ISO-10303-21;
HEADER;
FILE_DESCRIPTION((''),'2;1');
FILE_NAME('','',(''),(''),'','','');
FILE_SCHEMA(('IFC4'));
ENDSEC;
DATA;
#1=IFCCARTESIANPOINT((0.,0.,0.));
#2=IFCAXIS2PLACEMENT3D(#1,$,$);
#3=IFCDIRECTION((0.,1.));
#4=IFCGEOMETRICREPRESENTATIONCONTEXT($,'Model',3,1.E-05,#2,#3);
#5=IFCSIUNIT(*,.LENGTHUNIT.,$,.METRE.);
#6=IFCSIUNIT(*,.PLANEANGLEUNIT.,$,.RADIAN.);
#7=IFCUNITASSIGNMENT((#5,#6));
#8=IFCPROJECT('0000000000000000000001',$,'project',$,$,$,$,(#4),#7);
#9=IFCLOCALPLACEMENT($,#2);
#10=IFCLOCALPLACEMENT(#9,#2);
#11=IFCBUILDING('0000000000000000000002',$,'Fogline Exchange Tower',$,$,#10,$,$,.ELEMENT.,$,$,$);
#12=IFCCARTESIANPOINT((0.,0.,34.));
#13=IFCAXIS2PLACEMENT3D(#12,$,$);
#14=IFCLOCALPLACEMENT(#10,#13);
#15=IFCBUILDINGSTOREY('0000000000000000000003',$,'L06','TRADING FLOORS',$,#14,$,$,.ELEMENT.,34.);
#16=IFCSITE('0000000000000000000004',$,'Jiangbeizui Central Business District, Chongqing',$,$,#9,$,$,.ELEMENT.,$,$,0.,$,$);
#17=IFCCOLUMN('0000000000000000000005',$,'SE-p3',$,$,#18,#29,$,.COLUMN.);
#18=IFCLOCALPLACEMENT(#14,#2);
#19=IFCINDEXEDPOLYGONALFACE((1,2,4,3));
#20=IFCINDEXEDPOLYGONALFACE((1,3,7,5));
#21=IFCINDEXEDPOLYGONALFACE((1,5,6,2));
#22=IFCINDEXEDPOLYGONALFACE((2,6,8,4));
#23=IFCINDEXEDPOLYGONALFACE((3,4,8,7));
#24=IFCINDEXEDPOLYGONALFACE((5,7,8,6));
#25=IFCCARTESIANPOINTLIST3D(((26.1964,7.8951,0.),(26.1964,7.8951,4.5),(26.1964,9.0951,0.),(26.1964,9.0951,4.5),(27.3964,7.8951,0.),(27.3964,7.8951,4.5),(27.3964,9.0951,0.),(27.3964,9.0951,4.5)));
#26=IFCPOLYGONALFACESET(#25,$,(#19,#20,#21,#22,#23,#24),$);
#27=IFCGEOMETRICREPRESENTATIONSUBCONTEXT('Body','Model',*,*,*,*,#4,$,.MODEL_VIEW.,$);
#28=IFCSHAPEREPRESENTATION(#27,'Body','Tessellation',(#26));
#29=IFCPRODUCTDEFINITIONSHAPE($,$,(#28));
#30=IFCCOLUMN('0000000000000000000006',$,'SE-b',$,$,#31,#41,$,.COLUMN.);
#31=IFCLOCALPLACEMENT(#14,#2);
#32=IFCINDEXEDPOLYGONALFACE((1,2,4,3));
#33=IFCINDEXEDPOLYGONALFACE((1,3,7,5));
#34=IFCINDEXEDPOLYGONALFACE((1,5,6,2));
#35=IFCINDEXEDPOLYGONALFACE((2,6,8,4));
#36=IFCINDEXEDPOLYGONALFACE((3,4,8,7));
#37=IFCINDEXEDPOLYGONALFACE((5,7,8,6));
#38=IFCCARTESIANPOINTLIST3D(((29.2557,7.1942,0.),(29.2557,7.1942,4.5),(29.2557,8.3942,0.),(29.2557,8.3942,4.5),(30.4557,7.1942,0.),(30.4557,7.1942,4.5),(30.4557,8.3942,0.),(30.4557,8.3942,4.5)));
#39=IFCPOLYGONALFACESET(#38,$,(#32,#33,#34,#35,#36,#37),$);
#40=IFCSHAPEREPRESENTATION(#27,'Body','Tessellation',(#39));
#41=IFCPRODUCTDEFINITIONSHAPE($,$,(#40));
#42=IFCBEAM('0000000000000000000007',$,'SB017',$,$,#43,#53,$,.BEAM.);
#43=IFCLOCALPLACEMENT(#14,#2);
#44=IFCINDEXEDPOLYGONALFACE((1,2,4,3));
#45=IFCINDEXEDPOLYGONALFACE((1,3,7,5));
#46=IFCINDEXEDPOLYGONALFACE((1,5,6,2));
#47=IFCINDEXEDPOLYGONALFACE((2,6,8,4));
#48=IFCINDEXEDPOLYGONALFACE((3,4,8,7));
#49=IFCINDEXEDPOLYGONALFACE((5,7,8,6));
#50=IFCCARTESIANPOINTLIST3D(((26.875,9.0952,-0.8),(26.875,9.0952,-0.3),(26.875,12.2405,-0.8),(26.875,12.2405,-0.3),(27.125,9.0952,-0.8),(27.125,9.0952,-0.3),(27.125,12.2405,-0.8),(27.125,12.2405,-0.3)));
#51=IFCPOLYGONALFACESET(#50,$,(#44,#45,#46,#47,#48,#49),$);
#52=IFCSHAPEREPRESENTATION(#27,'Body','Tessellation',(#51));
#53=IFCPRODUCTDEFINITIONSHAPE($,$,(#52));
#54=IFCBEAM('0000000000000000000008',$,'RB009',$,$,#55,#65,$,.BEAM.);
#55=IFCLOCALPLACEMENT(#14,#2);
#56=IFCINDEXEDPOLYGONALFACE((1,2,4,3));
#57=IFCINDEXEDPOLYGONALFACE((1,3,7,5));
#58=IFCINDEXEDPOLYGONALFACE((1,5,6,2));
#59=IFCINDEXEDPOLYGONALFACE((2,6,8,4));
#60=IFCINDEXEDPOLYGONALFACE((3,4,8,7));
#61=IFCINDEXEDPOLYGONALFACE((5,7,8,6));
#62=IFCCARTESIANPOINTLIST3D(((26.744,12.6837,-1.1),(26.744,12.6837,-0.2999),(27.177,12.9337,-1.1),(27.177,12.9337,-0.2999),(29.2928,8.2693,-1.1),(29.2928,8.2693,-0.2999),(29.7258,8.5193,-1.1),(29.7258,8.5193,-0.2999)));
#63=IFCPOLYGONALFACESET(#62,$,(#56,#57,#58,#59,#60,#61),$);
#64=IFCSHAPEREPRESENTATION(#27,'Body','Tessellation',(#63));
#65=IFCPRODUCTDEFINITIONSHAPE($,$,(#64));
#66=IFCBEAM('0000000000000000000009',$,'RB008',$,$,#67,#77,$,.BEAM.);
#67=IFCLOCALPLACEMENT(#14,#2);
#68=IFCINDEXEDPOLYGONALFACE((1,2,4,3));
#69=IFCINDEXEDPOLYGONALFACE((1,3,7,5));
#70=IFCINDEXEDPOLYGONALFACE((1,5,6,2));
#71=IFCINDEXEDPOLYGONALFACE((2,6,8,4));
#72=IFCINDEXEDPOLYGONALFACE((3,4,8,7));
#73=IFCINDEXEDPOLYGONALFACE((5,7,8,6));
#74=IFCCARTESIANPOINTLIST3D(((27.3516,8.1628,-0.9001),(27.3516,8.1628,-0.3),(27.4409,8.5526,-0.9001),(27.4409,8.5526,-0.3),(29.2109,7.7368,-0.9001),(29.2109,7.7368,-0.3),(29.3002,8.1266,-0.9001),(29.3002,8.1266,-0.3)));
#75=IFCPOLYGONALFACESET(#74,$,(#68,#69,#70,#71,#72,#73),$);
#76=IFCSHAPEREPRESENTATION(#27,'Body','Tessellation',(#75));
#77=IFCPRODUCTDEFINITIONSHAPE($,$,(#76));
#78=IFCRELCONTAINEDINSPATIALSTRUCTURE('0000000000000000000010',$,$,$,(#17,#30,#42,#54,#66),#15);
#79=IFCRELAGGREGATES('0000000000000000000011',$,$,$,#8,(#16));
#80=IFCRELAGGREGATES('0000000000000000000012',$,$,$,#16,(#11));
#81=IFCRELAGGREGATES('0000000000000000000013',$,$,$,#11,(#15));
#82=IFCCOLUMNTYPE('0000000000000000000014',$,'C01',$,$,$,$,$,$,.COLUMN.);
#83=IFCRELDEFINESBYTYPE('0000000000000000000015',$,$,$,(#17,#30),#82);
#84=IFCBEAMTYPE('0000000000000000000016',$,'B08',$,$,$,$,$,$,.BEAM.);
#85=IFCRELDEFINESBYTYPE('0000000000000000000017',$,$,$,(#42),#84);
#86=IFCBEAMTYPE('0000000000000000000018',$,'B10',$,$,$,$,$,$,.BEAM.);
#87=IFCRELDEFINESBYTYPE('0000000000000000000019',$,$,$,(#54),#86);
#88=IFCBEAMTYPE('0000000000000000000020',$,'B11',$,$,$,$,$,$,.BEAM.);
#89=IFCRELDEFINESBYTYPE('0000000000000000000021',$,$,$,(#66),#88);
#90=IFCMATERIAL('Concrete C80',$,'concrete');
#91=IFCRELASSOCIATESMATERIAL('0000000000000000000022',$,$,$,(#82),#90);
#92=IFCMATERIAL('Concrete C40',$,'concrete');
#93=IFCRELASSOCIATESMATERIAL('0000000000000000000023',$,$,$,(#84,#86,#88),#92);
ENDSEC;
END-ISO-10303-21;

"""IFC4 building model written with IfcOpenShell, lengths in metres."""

from ifc_helpers import new_model, si_unit, direction, frame, origin, origin_2d, place, context, subcontext, project, spatial, rectangle, extrude, material, material_profile, profile_set, type_object, element, save


model = new_model("IFC4")

# Units and contexts
model_context = context("Model", 3, precision=1e-05, world=origin(), true_north=direction((0.0, 1.0)))
body_context = subcontext(model_context, "Body", "Model", "MODEL_VIEW")
ifc_project = project(units=[si_unit("LENGTHUNIT", "METRE"), si_unit("PLANEANGLEUNIT", "RADIAN")], contexts=[model_context])

# Site, building, storey
site_placement = place(None, origin())
site = spatial("IfcSite", under=ifc_project, at=site_placement, Name="Jiangbeizui Central Business District, Chongqing", CompositionType="ELEMENT", RefElevation=0.0)
building_placement = place(site_placement, origin())
building = spatial("IfcBuilding", under=site, at=building_placement, Name="Fogline Exchange Tower", CompositionType="ELEMENT")
storey_placement = place(building_placement, frame((0.0, 0.0, 34.0)))
storey = spatial("IfcBuildingStorey", under=building, at=storey_placement, Name="L06", Description="TRADING FLOORS", CompositionType="ELEMENT", Elevation=34.0)

# Columns
ifc_material_1 = material(Name="Concrete C80", Category="concrete")
ifc_material_profile_1 = material_profile(ifc_material_1, rectangle(XDim=1.2, YDim=1.2, at=origin_2d()), Name="RC 1200x1200")
ifc_profile_set_1 = profile_set([ifc_material_profile_1], Name="Concrete C80")
column_type = type_object("IfcColumnType", Name="C01", PredefinedType="COLUMN", material=ifc_profile_set_1)
for number, where, z_axis, x_axis, name in (
    (1, (26.7964, 8.4951, 0.0), (0.0, 0.0, 1.0), (1.0, 0.0, 0.0), "SE-p3"),
    (2, (29.8557, 7.7942, 0.0), (0.0, 0.0, 1.0), (1.0, 0.0, 0.0), "SE-b"),
):
    element("IfcColumn", number, at=place(storey_placement, frame(where, z_axis=z_axis, x_axis=x_axis)), inside=storey, type_object=column_type, Name=name, PredefinedType="COLUMN", context=body_context, shape_type="SweptSolid", body=[
        extrude(rectangle(XDim=1.2, YDim=1.2, at=origin_2d()), origin(), (0.0, 0.0, 1.0), 4.5),
    ])

# Beams
ifc_material_2 = material(Name="Concrete C40", Category="concrete")
ifc_material_profile_2 = material_profile(ifc_material_2, rectangle(XDim=0.25, YDim=0.5, at=origin_2d()), Name="RC 250x500")
ifc_profile_set_2 = profile_set([ifc_material_profile_2], Name="Concrete C40")
beam_type_1 = type_object("IfcBeamType", Name="B08", PredefinedType="BEAM", material=ifc_profile_set_2)
beam_1_placement = place(storey_placement, frame((27.0, 9.0952, -0.55), z_axis=(0.0, 1.0, 0.0), x_axis=(-1.0, 0.0, 0.0)))
element("IfcBeam", 3, at=beam_1_placement, inside=storey, type_object=beam_type_1, Name="SB017", PredefinedType="BEAM", context=body_context, shape_type="SweptSolid", body=[
    extrude(rectangle(XDim=0.25, YDim=0.5, at=origin_2d()), origin(), (0.0, 0.0, 1.0), 3.1453),
])
ifc_material_profile_3 = material_profile(ifc_material_2, rectangle(XDim=0.5, YDim=0.8, at=origin_2d()), Name="RC 500x800")
ifc_profile_set_3 = profile_set([ifc_material_profile_3], Name="Concrete C40")
beam_type_2 = type_object("IfcBeamType", Name="B10", PredefinedType="BEAM", material=ifc_profile_set_3)
beam_2_placement = place(storey_placement, frame((29.5093, 8.3943, -0.7), z_axis=(-0.500013, 0.866018, 0.0), x_axis=(-0.866018, -0.500013, 0.0)))
element("IfcBeam", 4, at=beam_2_placement, inside=storey, type_object=beam_type_2, Name="RB009", PredefinedType="BEAM", context=body_context, shape_type="SweptSolid", body=[
    extrude(rectangle(XDim=0.5, YDim=0.8, at=origin_2d()), origin(), (0.0, 0.0, 1.0), 5.0974),
])
ifc_material_profile_4 = material_profile(ifc_material_2, rectangle(XDim=0.3999, YDim=0.6001, at=origin_2d()), Name="RC 400x600")
ifc_profile_set_4 = profile_set([ifc_material_profile_4], Name="Concrete C40")
beam_type_3 = type_object("IfcBeamType", Name="B11", PredefinedType="BEAM", material=ifc_profile_set_4)
beam_3_placement = place(storey_placement, frame((27.3962, 8.3577, -0.6001), z_axis=(0.974742, -0.223336, 0.0), x_axis=(0.223336, 0.974742, 0.0)))
element("IfcBeam", 5, at=beam_3_placement, inside=storey, type_object=beam_type_3, Name="RB008", PredefinedType="BEAM", context=body_context, shape_type="SweptSolid", body=[
    extrude(rectangle(XDim=0.3999, YDim=0.6001, at=origin_2d()), origin(), (0.0, 0.0, 1.0), 1.9075),
])

save(model, "model.ifc")
